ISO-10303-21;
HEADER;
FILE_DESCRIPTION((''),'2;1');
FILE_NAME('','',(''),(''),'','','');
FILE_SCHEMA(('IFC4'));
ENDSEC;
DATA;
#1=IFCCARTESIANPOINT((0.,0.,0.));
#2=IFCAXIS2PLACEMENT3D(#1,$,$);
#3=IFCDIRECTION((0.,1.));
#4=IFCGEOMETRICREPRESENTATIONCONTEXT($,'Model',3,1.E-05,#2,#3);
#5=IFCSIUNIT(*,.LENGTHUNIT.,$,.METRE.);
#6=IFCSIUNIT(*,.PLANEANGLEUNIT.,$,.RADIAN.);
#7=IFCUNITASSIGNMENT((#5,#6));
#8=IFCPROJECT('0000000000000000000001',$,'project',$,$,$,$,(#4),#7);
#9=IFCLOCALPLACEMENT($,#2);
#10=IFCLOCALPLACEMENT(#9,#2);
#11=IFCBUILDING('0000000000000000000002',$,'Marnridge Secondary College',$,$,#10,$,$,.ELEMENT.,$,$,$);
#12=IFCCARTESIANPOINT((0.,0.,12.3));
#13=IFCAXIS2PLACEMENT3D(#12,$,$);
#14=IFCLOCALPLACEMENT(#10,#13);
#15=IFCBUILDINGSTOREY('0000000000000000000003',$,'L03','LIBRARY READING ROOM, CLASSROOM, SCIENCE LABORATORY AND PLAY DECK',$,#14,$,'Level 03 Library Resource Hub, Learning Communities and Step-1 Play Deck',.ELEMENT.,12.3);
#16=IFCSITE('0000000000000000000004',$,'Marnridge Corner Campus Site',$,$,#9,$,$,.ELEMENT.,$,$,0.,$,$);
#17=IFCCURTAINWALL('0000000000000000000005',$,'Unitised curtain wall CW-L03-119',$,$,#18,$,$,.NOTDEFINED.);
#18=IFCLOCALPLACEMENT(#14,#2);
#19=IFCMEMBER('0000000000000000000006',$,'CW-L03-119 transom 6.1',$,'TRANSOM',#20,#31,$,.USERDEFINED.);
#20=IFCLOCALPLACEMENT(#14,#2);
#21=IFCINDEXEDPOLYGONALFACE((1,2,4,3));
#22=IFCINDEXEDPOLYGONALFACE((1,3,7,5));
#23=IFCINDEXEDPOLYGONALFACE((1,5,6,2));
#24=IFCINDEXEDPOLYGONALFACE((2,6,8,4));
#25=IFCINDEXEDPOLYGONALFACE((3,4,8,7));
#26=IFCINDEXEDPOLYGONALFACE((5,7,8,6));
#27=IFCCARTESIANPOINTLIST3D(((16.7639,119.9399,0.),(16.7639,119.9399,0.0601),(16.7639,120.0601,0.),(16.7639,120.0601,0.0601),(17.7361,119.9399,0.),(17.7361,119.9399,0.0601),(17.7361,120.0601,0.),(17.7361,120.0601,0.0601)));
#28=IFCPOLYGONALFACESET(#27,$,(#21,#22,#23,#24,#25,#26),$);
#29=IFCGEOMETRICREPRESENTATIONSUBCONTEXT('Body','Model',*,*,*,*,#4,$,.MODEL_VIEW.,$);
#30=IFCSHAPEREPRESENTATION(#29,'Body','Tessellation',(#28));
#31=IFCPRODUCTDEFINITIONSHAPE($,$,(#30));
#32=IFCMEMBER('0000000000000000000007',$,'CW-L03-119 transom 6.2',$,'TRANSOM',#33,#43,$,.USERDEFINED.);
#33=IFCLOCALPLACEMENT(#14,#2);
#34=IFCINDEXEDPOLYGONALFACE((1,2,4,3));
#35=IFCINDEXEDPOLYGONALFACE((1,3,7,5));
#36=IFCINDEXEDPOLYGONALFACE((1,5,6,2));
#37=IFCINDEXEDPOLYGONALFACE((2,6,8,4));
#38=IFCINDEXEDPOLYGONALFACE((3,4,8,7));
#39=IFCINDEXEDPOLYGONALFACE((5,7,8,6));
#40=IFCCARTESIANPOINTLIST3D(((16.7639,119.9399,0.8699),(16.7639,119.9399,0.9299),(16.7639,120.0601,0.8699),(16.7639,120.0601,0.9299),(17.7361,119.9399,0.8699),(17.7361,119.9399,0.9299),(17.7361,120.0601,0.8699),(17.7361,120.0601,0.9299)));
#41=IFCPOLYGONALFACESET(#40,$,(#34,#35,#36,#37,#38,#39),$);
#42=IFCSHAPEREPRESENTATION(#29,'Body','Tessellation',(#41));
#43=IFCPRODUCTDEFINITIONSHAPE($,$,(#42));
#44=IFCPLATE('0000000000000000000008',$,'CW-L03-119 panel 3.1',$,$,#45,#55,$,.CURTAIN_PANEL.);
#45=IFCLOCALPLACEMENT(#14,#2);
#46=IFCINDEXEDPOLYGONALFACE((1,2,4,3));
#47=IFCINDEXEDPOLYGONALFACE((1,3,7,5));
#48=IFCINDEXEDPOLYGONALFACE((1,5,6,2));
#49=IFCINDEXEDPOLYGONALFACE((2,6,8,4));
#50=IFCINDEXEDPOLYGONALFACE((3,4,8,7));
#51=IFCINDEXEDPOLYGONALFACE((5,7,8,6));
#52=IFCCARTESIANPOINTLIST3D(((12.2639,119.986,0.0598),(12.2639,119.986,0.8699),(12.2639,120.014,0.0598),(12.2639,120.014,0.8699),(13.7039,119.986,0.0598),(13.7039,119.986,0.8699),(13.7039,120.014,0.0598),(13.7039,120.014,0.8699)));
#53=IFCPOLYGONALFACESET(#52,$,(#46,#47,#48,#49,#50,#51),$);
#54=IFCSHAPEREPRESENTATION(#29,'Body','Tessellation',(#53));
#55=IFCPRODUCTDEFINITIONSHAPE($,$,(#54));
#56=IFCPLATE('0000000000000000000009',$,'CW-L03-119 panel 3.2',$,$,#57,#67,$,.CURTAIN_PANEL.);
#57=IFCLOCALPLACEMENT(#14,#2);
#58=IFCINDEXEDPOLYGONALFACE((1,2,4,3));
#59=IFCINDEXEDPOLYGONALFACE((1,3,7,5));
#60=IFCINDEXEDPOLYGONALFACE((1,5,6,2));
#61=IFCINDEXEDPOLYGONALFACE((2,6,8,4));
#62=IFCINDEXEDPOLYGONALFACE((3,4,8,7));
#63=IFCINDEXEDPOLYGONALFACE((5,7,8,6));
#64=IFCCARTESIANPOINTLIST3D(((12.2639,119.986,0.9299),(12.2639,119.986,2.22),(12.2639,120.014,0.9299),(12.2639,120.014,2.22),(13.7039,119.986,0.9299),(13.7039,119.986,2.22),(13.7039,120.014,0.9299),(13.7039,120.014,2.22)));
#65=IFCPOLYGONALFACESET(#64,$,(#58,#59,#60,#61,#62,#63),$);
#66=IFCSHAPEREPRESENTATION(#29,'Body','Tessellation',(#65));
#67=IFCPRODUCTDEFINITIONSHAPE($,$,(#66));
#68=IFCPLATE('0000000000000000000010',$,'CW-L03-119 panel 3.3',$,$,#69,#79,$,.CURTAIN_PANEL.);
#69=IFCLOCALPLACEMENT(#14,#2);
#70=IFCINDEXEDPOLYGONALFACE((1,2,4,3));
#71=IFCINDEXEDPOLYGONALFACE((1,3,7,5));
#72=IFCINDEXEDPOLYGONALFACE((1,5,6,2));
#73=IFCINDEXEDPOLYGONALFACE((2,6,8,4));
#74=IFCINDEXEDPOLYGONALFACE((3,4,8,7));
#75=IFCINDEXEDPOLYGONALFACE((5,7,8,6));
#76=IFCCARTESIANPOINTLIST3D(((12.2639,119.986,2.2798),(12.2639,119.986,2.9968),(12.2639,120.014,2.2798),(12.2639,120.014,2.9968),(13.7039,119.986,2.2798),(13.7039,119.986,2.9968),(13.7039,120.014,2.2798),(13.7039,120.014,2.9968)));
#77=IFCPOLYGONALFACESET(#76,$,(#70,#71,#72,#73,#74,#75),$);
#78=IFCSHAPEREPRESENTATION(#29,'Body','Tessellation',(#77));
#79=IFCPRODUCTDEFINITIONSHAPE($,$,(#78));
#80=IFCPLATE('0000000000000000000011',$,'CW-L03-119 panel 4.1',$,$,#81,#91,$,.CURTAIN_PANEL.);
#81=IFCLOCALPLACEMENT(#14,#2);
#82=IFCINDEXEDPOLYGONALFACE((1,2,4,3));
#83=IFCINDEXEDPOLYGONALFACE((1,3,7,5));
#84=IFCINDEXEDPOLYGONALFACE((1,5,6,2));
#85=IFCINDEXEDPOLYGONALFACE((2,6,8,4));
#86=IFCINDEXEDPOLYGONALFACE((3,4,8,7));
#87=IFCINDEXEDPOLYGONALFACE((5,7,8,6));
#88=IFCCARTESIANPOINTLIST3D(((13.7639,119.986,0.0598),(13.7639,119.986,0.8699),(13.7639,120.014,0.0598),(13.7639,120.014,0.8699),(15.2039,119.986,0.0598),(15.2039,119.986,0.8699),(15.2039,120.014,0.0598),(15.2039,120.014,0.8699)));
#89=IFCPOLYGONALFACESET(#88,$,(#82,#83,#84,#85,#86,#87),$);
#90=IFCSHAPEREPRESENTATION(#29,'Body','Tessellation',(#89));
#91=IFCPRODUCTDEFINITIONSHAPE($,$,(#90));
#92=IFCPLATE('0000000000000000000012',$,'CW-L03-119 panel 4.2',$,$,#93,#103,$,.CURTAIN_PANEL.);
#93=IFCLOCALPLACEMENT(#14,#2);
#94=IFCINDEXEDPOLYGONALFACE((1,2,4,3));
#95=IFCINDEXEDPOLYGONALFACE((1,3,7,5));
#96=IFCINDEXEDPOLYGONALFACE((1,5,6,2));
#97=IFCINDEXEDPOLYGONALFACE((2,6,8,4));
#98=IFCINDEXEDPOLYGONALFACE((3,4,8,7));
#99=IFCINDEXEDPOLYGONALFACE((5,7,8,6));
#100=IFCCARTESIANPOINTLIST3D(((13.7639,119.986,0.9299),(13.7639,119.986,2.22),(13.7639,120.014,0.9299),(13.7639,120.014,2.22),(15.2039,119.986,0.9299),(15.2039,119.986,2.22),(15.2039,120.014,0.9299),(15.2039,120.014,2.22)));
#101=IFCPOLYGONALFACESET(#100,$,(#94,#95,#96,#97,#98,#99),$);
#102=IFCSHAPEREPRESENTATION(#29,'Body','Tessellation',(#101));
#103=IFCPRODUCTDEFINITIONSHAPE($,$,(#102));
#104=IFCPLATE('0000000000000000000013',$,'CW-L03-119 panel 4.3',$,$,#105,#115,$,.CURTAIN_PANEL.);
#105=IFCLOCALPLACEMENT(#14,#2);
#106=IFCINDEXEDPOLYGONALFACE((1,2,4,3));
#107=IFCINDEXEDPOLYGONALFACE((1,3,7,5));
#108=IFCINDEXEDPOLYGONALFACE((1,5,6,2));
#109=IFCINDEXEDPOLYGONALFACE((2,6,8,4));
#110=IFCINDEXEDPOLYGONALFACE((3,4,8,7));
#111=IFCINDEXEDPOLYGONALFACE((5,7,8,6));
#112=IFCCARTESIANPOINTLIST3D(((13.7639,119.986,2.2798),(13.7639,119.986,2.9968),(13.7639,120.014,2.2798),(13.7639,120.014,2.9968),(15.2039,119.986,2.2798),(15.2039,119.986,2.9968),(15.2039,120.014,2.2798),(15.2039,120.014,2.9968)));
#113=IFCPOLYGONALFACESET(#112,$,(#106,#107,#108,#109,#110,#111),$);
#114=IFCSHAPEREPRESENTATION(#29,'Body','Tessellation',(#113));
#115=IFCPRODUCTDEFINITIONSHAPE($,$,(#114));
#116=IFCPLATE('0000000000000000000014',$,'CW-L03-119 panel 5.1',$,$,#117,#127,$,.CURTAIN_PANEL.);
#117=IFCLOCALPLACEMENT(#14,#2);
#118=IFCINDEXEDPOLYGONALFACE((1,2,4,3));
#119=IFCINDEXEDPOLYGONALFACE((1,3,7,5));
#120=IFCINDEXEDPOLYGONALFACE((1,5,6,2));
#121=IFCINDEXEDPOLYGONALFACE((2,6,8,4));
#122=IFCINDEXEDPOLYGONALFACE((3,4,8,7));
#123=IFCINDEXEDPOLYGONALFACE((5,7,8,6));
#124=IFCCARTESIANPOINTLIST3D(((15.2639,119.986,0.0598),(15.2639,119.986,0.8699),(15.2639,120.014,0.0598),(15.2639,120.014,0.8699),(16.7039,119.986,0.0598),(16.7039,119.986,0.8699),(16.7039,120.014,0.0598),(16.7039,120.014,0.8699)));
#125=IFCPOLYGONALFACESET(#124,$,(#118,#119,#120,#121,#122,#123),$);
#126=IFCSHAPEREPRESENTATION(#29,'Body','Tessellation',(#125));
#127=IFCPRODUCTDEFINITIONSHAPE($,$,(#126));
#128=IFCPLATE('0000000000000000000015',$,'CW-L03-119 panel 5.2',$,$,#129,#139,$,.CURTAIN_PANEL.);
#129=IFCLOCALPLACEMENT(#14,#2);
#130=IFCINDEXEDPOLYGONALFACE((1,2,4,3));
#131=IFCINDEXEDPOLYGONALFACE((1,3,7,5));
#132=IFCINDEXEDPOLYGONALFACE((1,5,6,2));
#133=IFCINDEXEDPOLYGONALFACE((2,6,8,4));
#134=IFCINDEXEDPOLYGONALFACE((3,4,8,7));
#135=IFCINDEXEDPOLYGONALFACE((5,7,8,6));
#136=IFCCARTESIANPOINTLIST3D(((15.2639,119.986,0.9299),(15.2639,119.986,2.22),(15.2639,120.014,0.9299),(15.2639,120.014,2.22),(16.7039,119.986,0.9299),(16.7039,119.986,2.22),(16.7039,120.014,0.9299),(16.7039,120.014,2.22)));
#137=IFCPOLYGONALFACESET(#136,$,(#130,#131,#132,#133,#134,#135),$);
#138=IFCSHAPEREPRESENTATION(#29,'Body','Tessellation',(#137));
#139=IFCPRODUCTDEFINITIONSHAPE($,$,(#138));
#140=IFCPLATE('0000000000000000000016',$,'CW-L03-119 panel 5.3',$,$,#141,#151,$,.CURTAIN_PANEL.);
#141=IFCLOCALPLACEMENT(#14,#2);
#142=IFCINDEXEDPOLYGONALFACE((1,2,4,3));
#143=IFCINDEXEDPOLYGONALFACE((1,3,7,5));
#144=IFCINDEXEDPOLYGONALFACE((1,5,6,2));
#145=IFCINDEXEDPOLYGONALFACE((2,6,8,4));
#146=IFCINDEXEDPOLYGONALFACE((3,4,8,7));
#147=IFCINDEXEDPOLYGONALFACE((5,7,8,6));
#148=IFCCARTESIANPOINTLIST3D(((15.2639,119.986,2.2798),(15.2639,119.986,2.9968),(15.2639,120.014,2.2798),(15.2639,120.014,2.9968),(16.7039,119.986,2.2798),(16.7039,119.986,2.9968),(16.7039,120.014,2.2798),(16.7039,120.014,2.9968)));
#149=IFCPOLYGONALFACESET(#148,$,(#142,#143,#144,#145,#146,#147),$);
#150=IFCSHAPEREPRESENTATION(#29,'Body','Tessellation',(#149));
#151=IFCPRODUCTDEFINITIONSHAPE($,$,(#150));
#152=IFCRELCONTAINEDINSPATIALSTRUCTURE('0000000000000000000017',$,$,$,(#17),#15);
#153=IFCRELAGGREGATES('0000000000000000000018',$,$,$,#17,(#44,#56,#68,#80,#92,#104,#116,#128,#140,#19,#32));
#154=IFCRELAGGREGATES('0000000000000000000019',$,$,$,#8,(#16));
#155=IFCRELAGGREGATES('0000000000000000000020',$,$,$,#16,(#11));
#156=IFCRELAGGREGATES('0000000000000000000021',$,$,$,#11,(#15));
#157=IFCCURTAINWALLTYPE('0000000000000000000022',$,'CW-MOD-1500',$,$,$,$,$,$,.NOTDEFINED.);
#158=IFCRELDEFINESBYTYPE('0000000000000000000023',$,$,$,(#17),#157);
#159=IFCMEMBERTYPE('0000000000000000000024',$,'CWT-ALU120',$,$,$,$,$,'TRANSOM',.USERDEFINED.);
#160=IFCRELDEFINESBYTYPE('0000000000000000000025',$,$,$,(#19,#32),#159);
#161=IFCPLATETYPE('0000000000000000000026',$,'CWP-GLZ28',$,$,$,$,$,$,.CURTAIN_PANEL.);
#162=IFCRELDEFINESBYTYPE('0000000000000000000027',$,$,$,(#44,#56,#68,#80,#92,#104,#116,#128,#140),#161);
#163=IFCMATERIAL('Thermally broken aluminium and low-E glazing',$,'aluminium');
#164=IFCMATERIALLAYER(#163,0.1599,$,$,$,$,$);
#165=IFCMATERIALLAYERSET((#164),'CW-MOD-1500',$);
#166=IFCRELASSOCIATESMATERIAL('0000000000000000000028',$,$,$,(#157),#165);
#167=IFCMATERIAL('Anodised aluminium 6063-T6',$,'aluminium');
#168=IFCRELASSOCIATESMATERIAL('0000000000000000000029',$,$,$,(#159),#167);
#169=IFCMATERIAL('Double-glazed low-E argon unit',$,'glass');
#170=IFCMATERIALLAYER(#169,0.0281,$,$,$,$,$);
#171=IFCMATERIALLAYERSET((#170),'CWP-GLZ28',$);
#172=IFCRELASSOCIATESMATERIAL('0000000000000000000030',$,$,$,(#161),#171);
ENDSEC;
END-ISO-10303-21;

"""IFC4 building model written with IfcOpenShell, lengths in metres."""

from ifc_helpers import new_model, si_unit, direction, frame, origin, origin_2d, place, context, subcontext, project, spatial, rectangle, extrude, material, layer, layer_set, material_profile, profile_set, type_object, element, aggregate, save


model = new_model("IFC4")

# Units and contexts
model_context = context("Model", 3, precision=1e-05, world=origin(), true_north=direction((0.0, 1.0)))
body_context = subcontext(model_context, "Body", "Model", "MODEL_VIEW")
ifc_project = project(units=[si_unit("LENGTHUNIT", "METRE"), si_unit("PLANEANGLEUNIT", "RADIAN")], contexts=[model_context])

# Site, building, storey
site_placement = place(None, origin())
site = spatial("IfcSite", under=ifc_project, at=site_placement, Name="Marnridge Corner Campus Site", CompositionType="ELEMENT", RefElevation=0.0)
building_placement = place(site_placement, origin())
building = spatial("IfcBuilding", under=site, at=building_placement, Name="Marnridge Secondary College", CompositionType="ELEMENT")
storey_placement = place(building_placement, frame((0.0, 0.0, 12.3)))
storey = spatial("IfcBuildingStorey", under=building, at=storey_placement, Name="L03", Description="LIBRARY READING ROOM, CLASSROOM, SCIENCE LABORATORY AND PLAY DECK", LongName="Level 03 Library Resource Hub, Learning Communities and Step-1 Play Deck", CompositionType="ELEMENT", Elevation=12.3)

# Curtain wall, members, plates
ifc_material_1 = material(Name="Thermally broken aluminium and low-E glazing", Category="aluminium")
ifc_layer_1 = layer(ifc_material_1, 0.1599)
ifc_layer_set_1 = layer_set([ifc_layer_1], Name="CW-MOD-1500")
curtain_wall_type = type_object("IfcCurtainWallType", Name="CW-MOD-1500", PredefinedType="NOTDEFINED", material=ifc_layer_set_1)
curtain_wall_placement = place(storey_placement, origin())
curtain_wall = element("IfcCurtainWall", 1, at=curtain_wall_placement, inside=storey, type_object=curtain_wall_type, Name="Unitised curtain wall CW-L03-119", PredefinedType="NOTDEFINED")
ifc_material_2 = material(Name="Anodised aluminium 6063-T6", Category="aluminium")
ifc_material_profile_1 = material_profile(ifc_material_2, rectangle(XDim=0.0601, YDim=0.1201, at=origin_2d()), Name="ALU 60x120")
ifc_profile_set_1 = profile_set([ifc_material_profile_1], Name="Anodised aluminium 6063-T6")
member_type_1 = type_object("IfcMemberType", Name="CWT-ALU120", ElementType="TRANSOM", PredefinedType="USERDEFINED", material=ifc_profile_set_1)
member_1_placement = place(storey_placement, frame((16.7639, 120.0, 0.03), z_axis=(1.0, 0.0, 0.0), x_axis=(0.0, 0.0, 1.0)))
member_1 = element("IfcMember", 2, at=member_1_placement, type_object=member_type_1, Name="CW-L03-119 transom 6.1", ObjectType="TRANSOM", PredefinedType="USERDEFINED", context=body_context, shape_type="SweptSolid", body=[
    extrude(rectangle(XDim=0.0601, YDim=0.1201, at=origin_2d()), origin(), (0.0, 0.0, 1.0), 0.9722),
])
member_2_placement = place(storey_placement, frame((16.7639, 120.0, 0.8999), z_axis=(1.0, 0.0, 0.0), x_axis=(0.0, 0.0, 1.0)))
member_2 = element("IfcMember", 3, at=member_2_placement, type_object=member_type_1, Name="CW-L03-119 transom 6.2", ObjectType="TRANSOM", PredefinedType="USERDEFINED", context=body_context, shape_type="SweptSolid", body=[
    extrude(rectangle(XDim=0.0601, YDim=0.1201, at=origin_2d()), origin(), (0.0, 0.0, 1.0), 0.9722),
])
ifc_material_3 = material(Name="Double-glazed low-E argon unit", Category="glass")
ifc_layer_2 = layer(ifc_material_3, 0.0281)
ifc_layer_set_2 = layer_set([ifc_layer_2], Name="CWP-GLZ28")
plate_type = type_object("IfcPlateType", Name="CWP-GLZ28", PredefinedType="CURTAIN_PANEL", material=ifc_layer_set_2)
plate_1_placement = place(storey_placement, frame((12.9839, 120.0, 0.0598), z_axis=(0.0, 0.0, 1.0), x_axis=(1.0, 0.0, 0.0)))
plate_1 = element("IfcPlate", 4, at=plate_1_placement, type_object=plate_type, Name="CW-L03-119 panel 3.1", PredefinedType="CURTAIN_PANEL", context=body_context, shape_type="SweptSolid", body=[
    extrude(rectangle(XDim=1.4399, YDim=0.0281, at=origin_2d()), origin(), (0.0, 0.0, 1.0), 0.8101),
])
plate_2_placement = place(storey_placement, frame((12.9839, 120.0, 0.9299), z_axis=(0.0, 0.0, 1.0), x_axis=(1.0, 0.0, 0.0)))
plate_2 = element("IfcPlate", 5, at=plate_2_placement, type_object=plate_type, Name="CW-L03-119 panel 3.2", PredefinedType="CURTAIN_PANEL", context=body_context, shape_type="SweptSolid", body=[
    extrude(rectangle(XDim=1.4399, YDim=0.0281, at=origin_2d()), origin(), (0.0, 0.0, 1.0), 1.29),
])
plate_3_placement = place(storey_placement, frame((12.9839, 120.0, 2.2798), z_axis=(0.0, 0.0, 1.0), x_axis=(1.0, 0.0, 0.0)))
plate_3 = element("IfcPlate", 6, at=plate_3_placement, type_object=plate_type, Name="CW-L03-119 panel 3.3", PredefinedType="CURTAIN_PANEL", context=body_context, shape_type="SweptSolid", body=[
    extrude(rectangle(XDim=1.4399, YDim=0.0281, at=origin_2d()), origin(), (0.0, 0.0, 1.0), 0.717),
])
plate_4_placement = place(storey_placement, frame((14.4839, 120.0, 0.0598), z_axis=(0.0, 0.0, 1.0), x_axis=(1.0, 0.0, 0.0)))
plate_4 = element("IfcPlate", 7, at=plate_4_placement, type_object=plate_type, Name="CW-L03-119 panel 4.1", PredefinedType="CURTAIN_PANEL", context=body_context, shape_type="SweptSolid", body=[
    extrude(rectangle(XDim=1.4399, YDim=0.0281, at=origin_2d()), origin(), (0.0, 0.0, 1.0), 0.8101),
])
plate_5_placement = place(storey_placement, frame((14.4839, 120.0, 0.9299), z_axis=(0.0, 0.0, 1.0), x_axis=(1.0, 0.0, 0.0)))
plate_5 = element("IfcPlate", 8, at=plate_5_placement, type_object=plate_type, Name="CW-L03-119 panel 4.2", PredefinedType="CURTAIN_PANEL", context=body_context, shape_type="SweptSolid", body=[
    extrude(rectangle(XDim=1.4399, YDim=0.0281, at=origin_2d()), origin(), (0.0, 0.0, 1.0), 1.29),
])
plate_6_placement = place(storey_placement, frame((14.4839, 120.0, 2.2798), z_axis=(0.0, 0.0, 1.0), x_axis=(1.0, 0.0, 0.0)))
plate_6 = element("IfcPlate", 9, at=plate_6_placement, type_object=plate_type, Name="CW-L03-119 panel 4.3", PredefinedType="CURTAIN_PANEL", context=body_context, shape_type="SweptSolid", body=[
    extrude(rectangle(XDim=1.4399, YDim=0.0281, at=origin_2d()), origin(), (0.0, 0.0, 1.0), 0.717),
])
plate_7_placement = place(storey_placement, frame((15.9839, 120.0, 0.0598), z_axis=(0.0, 0.0, 1.0), x_axis=(1.0, 0.0, 0.0)))
plate_7 = element("IfcPlate", 10, at=plate_7_placement, type_object=plate_type, Name="CW-L03-119 panel 5.1", PredefinedType="CURTAIN_PANEL", context=body_context, shape_type="SweptSolid", body=[
    extrude(rectangle(XDim=1.4399, YDim=0.0281, at=origin_2d()), origin(), (0.0, 0.0, 1.0), 0.8101),
])
plate_8_placement = place(storey_placement, frame((15.9839, 120.0, 0.9299), z_axis=(0.0, 0.0, 1.0), x_axis=(1.0, 0.0, 0.0)))
plate_8 = element("IfcPlate", 11, at=plate_8_placement, type_object=plate_type, Name="CW-L03-119 panel 5.2", PredefinedType="CURTAIN_PANEL", context=body_context, shape_type="SweptSolid", body=[
    extrude(rectangle(XDim=1.4399, YDim=0.0281, at=origin_2d()), origin(), (0.0, 0.0, 1.0), 1.29),
])
plate_9_placement = place(storey_placement, frame((15.9839, 120.0, 2.2798), z_axis=(0.0, 0.0, 1.0), x_axis=(1.0, 0.0, 0.0)))
plate_9 = element("IfcPlate", 12, at=plate_9_placement, type_object=plate_type, Name="CW-L03-119 panel 5.3", PredefinedType="CURTAIN_PANEL", context=body_context, shape_type="SweptSolid", body=[
    extrude(rectangle(XDim=1.4399, YDim=0.0281, at=origin_2d()), origin(), (0.0, 0.0, 1.0), 0.717),
])
aggregate(curtain_wall, [plate_1, plate_2, plate_3, plate_4, plate_5, plate_6, plate_7, plate_8, plate_9, member_1, member_2])

save(model, "model.ifc")
